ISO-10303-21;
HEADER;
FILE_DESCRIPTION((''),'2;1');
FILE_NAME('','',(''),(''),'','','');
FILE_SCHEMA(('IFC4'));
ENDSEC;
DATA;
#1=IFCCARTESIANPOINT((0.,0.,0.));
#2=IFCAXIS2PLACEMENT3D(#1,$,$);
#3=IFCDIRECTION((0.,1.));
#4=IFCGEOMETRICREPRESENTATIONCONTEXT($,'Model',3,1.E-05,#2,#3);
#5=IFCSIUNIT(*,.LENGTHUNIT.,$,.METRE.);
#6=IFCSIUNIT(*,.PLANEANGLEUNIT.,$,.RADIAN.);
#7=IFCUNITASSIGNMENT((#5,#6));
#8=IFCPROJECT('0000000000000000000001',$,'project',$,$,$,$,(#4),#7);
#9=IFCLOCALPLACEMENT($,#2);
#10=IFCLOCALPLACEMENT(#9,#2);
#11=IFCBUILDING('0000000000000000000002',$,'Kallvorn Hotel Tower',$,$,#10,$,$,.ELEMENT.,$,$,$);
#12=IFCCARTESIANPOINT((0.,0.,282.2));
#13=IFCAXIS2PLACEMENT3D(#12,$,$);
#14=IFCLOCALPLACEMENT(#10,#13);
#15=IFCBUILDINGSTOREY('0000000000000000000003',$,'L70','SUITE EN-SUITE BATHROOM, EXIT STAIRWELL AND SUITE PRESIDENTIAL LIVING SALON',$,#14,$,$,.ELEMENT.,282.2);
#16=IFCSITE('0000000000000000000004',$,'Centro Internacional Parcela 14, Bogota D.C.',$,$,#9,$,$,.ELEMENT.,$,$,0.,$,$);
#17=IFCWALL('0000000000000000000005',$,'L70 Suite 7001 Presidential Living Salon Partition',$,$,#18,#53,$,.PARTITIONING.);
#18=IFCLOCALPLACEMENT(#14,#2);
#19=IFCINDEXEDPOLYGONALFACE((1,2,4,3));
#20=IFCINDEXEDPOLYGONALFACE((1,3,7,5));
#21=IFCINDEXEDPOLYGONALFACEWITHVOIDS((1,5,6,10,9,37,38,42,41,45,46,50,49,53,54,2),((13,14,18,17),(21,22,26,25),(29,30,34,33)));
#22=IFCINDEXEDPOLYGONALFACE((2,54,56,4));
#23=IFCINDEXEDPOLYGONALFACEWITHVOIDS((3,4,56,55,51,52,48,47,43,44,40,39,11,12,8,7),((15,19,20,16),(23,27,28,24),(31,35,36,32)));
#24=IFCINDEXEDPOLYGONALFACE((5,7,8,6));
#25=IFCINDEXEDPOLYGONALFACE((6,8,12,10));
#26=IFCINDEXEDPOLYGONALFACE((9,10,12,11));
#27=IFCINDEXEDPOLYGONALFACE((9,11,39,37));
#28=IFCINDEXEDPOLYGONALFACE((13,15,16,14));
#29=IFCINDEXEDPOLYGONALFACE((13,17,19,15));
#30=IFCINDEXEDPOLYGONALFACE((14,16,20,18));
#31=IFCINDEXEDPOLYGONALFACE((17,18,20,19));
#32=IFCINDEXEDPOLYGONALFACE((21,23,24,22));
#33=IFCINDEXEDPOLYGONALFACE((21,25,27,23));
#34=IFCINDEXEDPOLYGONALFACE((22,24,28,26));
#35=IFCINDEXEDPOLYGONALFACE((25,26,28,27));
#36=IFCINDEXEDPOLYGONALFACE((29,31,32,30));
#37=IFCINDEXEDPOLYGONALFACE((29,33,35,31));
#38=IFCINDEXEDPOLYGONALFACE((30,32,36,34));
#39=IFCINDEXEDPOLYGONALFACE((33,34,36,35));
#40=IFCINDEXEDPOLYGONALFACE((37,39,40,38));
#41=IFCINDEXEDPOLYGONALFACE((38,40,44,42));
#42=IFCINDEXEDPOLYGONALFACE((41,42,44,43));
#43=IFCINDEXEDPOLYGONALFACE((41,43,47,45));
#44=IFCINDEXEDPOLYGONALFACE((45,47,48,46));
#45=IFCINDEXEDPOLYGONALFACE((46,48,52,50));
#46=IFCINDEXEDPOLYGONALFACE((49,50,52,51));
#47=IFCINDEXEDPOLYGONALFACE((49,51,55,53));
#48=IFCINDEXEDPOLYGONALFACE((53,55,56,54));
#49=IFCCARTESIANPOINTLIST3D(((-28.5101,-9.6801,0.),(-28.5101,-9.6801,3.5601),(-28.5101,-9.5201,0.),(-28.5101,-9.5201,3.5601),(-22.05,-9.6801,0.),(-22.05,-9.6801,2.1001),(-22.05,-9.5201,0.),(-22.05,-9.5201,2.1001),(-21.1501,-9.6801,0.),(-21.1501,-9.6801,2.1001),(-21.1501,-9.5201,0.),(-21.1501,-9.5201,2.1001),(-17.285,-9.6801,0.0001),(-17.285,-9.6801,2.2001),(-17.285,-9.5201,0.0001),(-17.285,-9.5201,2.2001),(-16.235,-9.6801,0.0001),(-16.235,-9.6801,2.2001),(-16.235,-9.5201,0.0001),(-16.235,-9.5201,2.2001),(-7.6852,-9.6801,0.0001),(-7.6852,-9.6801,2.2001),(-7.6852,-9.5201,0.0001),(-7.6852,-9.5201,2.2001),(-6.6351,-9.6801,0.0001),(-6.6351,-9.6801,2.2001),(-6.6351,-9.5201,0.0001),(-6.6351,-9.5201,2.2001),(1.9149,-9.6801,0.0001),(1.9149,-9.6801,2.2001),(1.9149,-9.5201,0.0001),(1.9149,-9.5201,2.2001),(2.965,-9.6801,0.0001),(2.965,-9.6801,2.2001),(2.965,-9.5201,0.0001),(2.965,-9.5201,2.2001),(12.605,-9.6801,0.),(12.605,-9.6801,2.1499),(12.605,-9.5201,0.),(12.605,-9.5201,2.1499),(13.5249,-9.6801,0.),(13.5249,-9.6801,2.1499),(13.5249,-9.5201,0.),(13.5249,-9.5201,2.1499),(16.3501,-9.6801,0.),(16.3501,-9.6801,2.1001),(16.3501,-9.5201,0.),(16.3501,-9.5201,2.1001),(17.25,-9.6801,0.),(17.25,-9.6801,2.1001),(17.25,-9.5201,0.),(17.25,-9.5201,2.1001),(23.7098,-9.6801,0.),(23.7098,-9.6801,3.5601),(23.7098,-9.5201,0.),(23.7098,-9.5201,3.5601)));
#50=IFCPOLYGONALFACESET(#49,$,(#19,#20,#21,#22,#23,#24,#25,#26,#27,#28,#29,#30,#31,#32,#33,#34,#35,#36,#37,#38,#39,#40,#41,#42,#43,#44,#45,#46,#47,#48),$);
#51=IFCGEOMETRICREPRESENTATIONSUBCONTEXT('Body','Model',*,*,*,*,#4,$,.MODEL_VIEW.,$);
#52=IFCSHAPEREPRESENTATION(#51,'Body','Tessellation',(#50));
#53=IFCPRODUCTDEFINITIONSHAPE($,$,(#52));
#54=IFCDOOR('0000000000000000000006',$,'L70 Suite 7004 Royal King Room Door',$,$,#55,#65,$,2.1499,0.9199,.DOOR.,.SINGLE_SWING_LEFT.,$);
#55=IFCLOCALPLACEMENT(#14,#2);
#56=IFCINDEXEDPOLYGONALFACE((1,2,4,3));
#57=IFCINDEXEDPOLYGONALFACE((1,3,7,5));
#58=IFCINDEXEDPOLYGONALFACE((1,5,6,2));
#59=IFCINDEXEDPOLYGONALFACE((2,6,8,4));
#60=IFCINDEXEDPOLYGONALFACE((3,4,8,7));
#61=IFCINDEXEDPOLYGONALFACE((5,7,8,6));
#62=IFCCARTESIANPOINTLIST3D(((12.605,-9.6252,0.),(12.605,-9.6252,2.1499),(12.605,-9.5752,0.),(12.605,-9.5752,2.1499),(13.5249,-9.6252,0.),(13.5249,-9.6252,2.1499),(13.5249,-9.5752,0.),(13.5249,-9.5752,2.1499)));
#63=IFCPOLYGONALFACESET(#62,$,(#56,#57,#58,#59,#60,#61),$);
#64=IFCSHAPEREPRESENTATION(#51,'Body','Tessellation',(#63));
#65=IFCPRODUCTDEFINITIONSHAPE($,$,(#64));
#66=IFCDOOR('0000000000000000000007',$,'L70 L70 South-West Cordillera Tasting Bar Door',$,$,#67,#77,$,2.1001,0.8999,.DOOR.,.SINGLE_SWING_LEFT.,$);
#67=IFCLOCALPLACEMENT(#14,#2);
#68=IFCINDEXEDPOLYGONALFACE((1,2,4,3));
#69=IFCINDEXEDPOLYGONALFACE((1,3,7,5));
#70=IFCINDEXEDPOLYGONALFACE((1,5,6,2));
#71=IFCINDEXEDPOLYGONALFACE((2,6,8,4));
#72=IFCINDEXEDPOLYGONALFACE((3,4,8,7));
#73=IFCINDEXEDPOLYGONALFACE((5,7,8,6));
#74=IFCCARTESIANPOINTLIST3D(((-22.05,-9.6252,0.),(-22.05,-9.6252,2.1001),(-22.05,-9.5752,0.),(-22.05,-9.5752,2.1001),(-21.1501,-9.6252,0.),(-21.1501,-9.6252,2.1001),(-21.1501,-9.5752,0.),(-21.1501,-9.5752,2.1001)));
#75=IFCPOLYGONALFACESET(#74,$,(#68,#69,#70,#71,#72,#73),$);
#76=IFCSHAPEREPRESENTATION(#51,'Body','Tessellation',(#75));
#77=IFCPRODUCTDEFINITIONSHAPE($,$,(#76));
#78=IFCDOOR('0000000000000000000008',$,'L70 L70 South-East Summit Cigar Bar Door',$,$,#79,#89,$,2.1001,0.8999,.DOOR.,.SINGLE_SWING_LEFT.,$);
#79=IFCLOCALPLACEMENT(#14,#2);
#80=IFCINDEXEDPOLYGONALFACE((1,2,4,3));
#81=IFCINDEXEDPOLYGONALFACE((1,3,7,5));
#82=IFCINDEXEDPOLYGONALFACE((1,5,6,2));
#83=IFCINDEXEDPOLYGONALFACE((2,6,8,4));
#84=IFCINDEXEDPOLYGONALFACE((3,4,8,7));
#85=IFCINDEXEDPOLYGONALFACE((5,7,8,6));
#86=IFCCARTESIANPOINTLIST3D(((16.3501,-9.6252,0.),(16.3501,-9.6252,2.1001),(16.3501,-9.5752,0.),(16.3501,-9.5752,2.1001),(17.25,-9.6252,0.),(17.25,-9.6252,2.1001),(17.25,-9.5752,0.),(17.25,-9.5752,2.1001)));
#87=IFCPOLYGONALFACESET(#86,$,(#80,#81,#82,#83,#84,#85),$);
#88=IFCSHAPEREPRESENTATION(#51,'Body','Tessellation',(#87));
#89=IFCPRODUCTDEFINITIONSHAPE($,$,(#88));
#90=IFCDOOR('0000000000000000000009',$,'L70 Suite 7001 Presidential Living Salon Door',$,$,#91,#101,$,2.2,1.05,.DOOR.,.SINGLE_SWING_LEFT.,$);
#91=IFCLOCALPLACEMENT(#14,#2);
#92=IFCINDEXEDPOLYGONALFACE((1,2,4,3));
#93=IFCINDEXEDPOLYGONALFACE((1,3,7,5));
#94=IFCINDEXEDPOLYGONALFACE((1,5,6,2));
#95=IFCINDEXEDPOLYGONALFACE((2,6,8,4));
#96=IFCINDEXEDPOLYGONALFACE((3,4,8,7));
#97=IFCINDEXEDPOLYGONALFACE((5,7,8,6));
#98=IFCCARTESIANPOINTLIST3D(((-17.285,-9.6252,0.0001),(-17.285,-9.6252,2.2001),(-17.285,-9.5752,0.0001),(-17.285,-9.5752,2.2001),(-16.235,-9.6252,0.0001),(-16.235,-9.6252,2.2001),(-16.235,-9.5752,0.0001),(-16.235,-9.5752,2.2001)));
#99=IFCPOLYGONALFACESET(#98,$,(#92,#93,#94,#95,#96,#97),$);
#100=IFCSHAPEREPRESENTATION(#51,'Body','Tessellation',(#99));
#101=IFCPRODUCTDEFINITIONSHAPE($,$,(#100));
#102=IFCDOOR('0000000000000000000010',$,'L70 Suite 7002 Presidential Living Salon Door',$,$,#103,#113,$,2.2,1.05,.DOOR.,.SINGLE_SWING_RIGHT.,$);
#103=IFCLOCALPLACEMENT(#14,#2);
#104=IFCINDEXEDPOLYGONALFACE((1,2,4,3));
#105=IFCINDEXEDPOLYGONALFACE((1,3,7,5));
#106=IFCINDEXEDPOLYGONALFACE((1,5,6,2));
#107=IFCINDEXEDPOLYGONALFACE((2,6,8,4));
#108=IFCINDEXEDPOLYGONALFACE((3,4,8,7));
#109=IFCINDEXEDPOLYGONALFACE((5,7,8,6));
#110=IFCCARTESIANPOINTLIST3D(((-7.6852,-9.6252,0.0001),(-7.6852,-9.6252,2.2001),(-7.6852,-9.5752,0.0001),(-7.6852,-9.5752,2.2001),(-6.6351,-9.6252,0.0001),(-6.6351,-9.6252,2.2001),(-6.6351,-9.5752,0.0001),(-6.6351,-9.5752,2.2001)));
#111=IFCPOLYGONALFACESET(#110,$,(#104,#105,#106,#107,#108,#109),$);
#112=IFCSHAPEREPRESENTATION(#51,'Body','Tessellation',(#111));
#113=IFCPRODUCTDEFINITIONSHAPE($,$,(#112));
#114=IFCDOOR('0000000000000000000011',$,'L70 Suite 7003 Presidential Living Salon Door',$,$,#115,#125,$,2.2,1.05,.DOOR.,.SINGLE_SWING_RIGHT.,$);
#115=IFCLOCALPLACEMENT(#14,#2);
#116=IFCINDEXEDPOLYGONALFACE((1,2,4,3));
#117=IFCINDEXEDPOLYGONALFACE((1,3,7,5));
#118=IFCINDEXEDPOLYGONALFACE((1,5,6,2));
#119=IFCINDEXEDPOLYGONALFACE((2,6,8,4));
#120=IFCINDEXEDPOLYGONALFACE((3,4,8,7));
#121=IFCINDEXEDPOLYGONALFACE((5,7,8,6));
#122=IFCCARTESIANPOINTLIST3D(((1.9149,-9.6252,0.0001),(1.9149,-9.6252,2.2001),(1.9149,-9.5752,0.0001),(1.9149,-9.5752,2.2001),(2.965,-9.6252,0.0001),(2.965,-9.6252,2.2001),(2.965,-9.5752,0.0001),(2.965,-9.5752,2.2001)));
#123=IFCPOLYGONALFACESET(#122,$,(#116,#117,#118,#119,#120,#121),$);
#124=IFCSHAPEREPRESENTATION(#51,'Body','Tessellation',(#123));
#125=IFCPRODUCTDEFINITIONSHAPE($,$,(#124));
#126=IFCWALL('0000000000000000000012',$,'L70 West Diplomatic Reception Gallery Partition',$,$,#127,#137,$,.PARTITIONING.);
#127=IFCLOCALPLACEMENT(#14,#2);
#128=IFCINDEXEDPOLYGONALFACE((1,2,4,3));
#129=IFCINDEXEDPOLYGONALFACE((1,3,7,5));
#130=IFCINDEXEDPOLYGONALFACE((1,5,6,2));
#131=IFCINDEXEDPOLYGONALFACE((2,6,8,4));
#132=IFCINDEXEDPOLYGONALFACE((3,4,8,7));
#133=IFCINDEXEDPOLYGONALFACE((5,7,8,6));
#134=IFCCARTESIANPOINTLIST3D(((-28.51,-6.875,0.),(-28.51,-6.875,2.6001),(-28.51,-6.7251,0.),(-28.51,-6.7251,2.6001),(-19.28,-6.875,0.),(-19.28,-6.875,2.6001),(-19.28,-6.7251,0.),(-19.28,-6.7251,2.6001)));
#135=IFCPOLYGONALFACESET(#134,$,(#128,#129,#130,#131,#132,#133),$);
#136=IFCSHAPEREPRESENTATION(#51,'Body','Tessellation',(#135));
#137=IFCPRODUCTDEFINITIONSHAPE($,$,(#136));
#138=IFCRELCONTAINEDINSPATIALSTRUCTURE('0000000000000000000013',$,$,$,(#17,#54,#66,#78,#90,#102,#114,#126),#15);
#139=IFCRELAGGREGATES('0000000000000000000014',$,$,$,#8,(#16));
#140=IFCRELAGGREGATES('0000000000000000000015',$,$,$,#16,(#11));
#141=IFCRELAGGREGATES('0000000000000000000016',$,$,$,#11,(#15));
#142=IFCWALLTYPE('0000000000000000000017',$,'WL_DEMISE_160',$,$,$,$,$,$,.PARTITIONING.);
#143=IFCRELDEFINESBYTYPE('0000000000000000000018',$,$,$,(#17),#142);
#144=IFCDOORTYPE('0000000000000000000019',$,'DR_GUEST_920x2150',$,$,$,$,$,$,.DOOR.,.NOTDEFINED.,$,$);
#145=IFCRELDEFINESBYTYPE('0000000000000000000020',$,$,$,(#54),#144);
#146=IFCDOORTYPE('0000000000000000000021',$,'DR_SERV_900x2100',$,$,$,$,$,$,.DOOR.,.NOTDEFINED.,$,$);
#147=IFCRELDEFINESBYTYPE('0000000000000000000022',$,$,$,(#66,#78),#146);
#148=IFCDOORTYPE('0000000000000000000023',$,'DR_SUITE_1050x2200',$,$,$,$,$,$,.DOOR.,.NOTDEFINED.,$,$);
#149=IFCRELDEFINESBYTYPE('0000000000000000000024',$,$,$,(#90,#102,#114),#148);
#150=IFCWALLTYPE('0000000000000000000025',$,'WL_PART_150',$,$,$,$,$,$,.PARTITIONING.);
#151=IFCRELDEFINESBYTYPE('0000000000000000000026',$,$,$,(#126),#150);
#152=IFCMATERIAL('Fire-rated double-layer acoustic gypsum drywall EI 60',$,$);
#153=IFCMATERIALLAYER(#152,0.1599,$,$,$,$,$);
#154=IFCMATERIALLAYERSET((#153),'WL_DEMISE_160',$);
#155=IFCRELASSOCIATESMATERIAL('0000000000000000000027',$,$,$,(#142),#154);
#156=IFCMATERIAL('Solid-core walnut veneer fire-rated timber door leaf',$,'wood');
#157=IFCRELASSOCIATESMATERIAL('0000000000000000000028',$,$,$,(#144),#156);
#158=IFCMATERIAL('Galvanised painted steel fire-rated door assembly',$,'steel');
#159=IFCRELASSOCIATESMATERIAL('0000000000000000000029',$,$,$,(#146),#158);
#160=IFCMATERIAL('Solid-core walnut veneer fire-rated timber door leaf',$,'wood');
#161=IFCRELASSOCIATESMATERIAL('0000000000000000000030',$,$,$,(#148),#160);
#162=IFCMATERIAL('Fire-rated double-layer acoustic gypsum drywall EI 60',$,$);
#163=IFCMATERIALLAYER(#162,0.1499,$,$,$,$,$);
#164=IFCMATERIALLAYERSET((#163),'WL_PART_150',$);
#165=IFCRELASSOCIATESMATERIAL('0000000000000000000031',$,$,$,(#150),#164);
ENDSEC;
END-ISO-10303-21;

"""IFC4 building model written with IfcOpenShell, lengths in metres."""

from ifc_helpers import new_model, si_unit, direction, frame, frame_2d, origin, place, context, subcontext, project, spatial, rectangle, extrude, material, layer, layer_set, type_object, element, fill, save


model = new_model("IFC4")

# Units and contexts
model_context = context("Model", 3, precision=1e-05, world=origin(), true_north=direction((0.0, 1.0)))
body_context = subcontext(model_context, "Body", "Model", "MODEL_VIEW")
ifc_project = project(units=[si_unit("LENGTHUNIT", "METRE"), si_unit("PLANEANGLEUNIT", "RADIAN")], contexts=[model_context])

# Site, building, storey
site_placement = place(None, origin())
site = spatial("IfcSite", under=ifc_project, at=site_placement, Name="Centro Internacional Parcela 14, Bogota D.C.", CompositionType="ELEMENT", RefElevation=0.0)
building_placement = place(site_placement, origin())
building = spatial("IfcBuilding", under=site, at=building_placement, Name="Kallvorn Hotel Tower", CompositionType="ELEMENT")
storey_placement = place(building_placement, frame((0.0, 0.0, 282.2)))
storey = spatial("IfcBuildingStorey", under=building, at=storey_placement, Name="L70", Description="SUITE EN-SUITE BATHROOM, EXIT STAIRWELL AND SUITE PRESIDENTIAL LIVING SALON", CompositionType="ELEMENT", Elevation=282.2)

# Wall, openings, doors
ifc_material_1 = material(Name="Fire-rated double-layer acoustic gypsum drywall EI 60")
ifc_layer_1 = layer(ifc_material_1, 0.1599)
ifc_layer_set_1 = layer_set([ifc_layer_1], Name="WL_DEMISE_160")
wall_type_1 = type_object("IfcWallType", Name="WL_DEMISE_160", PredefinedType="PARTITIONING", material=ifc_layer_set_1)
wall_1_placement = place(storey_placement, frame((-28.51, -9.6001, 0.0), z_axis=(0.0, 0.0, 1.0), x_axis=(1.0, 0.0, 0.0)))
wall_1 = element("IfcWall", 1, at=wall_1_placement, inside=storey, type_object=wall_type_1, Name="L70 Suite 7001 Presidential Living Salon Partition", PredefinedType="PARTITIONING", context=body_context, shape_type="SweptSolid", body=[
    extrude(rectangle(XDim=52.22, YDim=0.1599, at=frame_2d((26.1099, 0.0))), origin(), (0.0, 0.0, 1.0), 3.5601),
])
opening_1_placement = place(wall_1_placement, frame((6.46, 0.0, 0.0)))
opening_1 = element("IfcOpeningElement", 2, at=opening_1_placement, cuts=wall_1, PredefinedType="OPENING", context=body_context, shape_type="SweptSolid", body=[
    extrude(rectangle(XDim=0.8999, YDim=2.1001, at=frame_2d((0.45, 1.05))), frame((0.0, 0.095, 0.0), z_axis=(0.0, -1.0, 0.0), x_axis=(1.0, 0.0, 0.0)), (0.0, 0.0, 1.0), 0.1899),
])
opening_2_placement = place(wall_1_placement, frame((44.8601, 0.0, 0.0)))
opening_2 = element("IfcOpeningElement", 3, at=opening_2_placement, cuts=wall_1, PredefinedType="OPENING", context=body_context, shape_type="SweptSolid", body=[
    extrude(rectangle(XDim=0.8999, YDim=2.1001, at=frame_2d((0.45, 1.05))), frame((0.0, 0.095, 0.0), z_axis=(0.0, -1.0, 0.0), x_axis=(1.0, 0.0, 0.0)), (0.0, 0.0, 1.0), 0.1899),
])
opening_3_placement = place(wall_1_placement, frame((11.2251, 0.0, 0.0)))
opening_3 = element("IfcOpeningElement", 4, at=opening_3_placement, cuts=wall_1, PredefinedType="OPENING", context=body_context, shape_type="SweptSolid", body=[
    extrude(rectangle(XDim=1.05, YDim=2.2, at=frame_2d((0.5249, 1.1001))), frame((0.0, 0.095, 0.0), z_axis=(0.0, -1.0, 0.0), x_axis=(1.0, 0.0, 0.0)), (0.0, 0.0, 1.0), 0.1899),
])
opening_4_placement = place(wall_1_placement, frame((20.825, 0.0, 0.0)))
opening_4 = element("IfcOpeningElement", 5, at=opening_4_placement, cuts=wall_1, PredefinedType="OPENING", context=body_context, shape_type="SweptSolid", body=[
    extrude(rectangle(XDim=1.05, YDim=2.2, at=frame_2d((0.5249, 1.1001))), frame((0.0, 0.095, 0.0), z_axis=(0.0, -1.0, 0.0), x_axis=(1.0, 0.0, 0.0)), (0.0, 0.0, 1.0), 0.1899),
])
opening_5_placement = place(wall_1_placement, frame((30.425, 0.0, 0.0)))
opening_5 = element("IfcOpeningElement", 6, at=opening_5_placement, cuts=wall_1, PredefinedType="OPENING", context=body_context, shape_type="SweptSolid", body=[
    extrude(rectangle(XDim=1.05, YDim=2.2, at=frame_2d((0.5249, 1.1001))), frame((0.0, 0.095, 0.0), z_axis=(0.0, -1.0, 0.0), x_axis=(1.0, 0.0, 0.0)), (0.0, 0.0, 1.0), 0.1899),
])
opening_6_placement = place(wall_1_placement, frame((41.115, 0.0, 0.0)))
opening_6 = element("IfcOpeningElement", 7, at=opening_6_placement, cuts=wall_1, PredefinedType="OPENING", context=body_context, shape_type="SweptSolid", body=[
    extrude(rectangle(XDim=0.9199, YDim=2.1499, at=frame_2d((0.46, 1.075))), frame((0.0, 0.095, 0.0), z_axis=(0.0, -1.0, 0.0), x_axis=(1.0, 0.0, 0.0)), (0.0, 0.0, 1.0), 0.1899),
])
ifc_material_2 = material(Name="Solid-core walnut veneer fire-rated timber door leaf", Category="wood")
door_type_1 = type_object("IfcDoorType", Name="DR_GUEST_920x2150", OperationType="NOTDEFINED", PredefinedType="DOOR", material=ifc_material_2)
door_1_placement = place(opening_6_placement, origin())
door_1 = element("IfcDoor", 8, at=door_1_placement, inside=storey, type_object=door_type_1, Name="L70 Suite 7004 Royal King Room Door", OperationType="SINGLE_SWING_LEFT", OverallHeight=2.1499, OverallWidth=0.9199, PredefinedType="DOOR", context=body_context, shape_type="SweptSolid", body=[
    extrude(rectangle(XDim=0.9199, YDim=2.1499, at=frame_2d((0.46, 1.075))), frame((0.0, 0.0249, 0.0), z_axis=(0.0, -1.0, 0.0), x_axis=(1.0, 0.0, 0.0)), (0.0, 0.0, 1.0), 0.05),
])
fill(opening_6, door_1)
ifc_material_3 = material(Name="Galvanised painted steel fire-rated door assembly", Category="steel")
door_type_2 = type_object("IfcDoorType", Name="DR_SERV_900x2100", OperationType="NOTDEFINED", PredefinedType="DOOR", material=ifc_material_3)
door_2_placement = place(opening_1_placement, origin())
door_2 = element("IfcDoor", 9, at=door_2_placement, inside=storey, type_object=door_type_2, Name="L70 L70 South-West Cordillera Tasting Bar Door", OperationType="SINGLE_SWING_LEFT", OverallHeight=2.1001, OverallWidth=0.8999, PredefinedType="DOOR", context=body_context, shape_type="SweptSolid", body=[
    extrude(rectangle(XDim=0.8999, YDim=2.1001, at=frame_2d((0.45, 1.05))), frame((0.0, 0.0249, 0.0), z_axis=(0.0, -1.0, 0.0), x_axis=(1.0, 0.0, 0.0)), (0.0, 0.0, 1.0), 0.05),
])
fill(opening_1, door_2)
door_3_placement = place(opening_2_placement, origin())
door_3 = element("IfcDoor", 10, at=door_3_placement, inside=storey, type_object=door_type_2, Name="L70 L70 South-East Summit Cigar Bar Door", OperationType="SINGLE_SWING_LEFT", OverallHeight=2.1001, OverallWidth=0.8999, PredefinedType="DOOR", context=body_context, shape_type="SweptSolid", body=[
    extrude(rectangle(XDim=0.8999, YDim=2.1001, at=frame_2d((0.45, 1.05))), frame((0.0, 0.0249, 0.0), z_axis=(0.0, -1.0, 0.0), x_axis=(1.0, 0.0, 0.0)), (0.0, 0.0, 1.0), 0.05),
])
fill(opening_2, door_3)
ifc_material_4 = material(Name="Solid-core walnut veneer fire-rated timber door leaf", Category="wood")
door_type_3 = type_object("IfcDoorType", Name="DR_SUITE_1050x2200", OperationType="NOTDEFINED", PredefinedType="DOOR", material=ifc_material_4)
door_4_placement = place(opening_3_placement, origin())
door_4 = element("IfcDoor", 11, at=door_4_placement, inside=storey, type_object=door_type_3, Name="L70 Suite 7001 Presidential Living Salon Door", OperationType="SINGLE_SWING_LEFT", OverallHeight=2.2, OverallWidth=1.05, PredefinedType="DOOR", context=body_context, shape_type="SweptSolid", body=[
    extrude(rectangle(XDim=1.05, YDim=2.2, at=frame_2d((0.5249, 1.1001))), frame((0.0, 0.0249, 0.0), z_axis=(0.0, -1.0, 0.0), x_axis=(1.0, 0.0, 0.0)), (0.0, 0.0, 1.0), 0.05),
])
fill(opening_3, door_4)
door_5_placement = place(opening_4_placement, origin())
door_5 = element("IfcDoor", 12, at=door_5_placement, inside=storey, type_object=door_type_3, Name="L70 Suite 7002 Presidential Living Salon Door", OperationType="SINGLE_SWING_RIGHT", OverallHeight=2.2, OverallWidth=1.05, PredefinedType="DOOR", context=body_context, shape_type="SweptSolid", body=[
    extrude(rectangle(XDim=1.05, YDim=2.2, at=frame_2d((0.5249, 1.1001))), frame((0.0, 0.0249, 0.0), z_axis=(0.0, -1.0, 0.0), x_axis=(1.0, 0.0, 0.0)), (0.0, 0.0, 1.0), 0.05),
])
fill(opening_4, door_5)
door_6_placement = place(opening_5_placement, origin())
door_6 = element("IfcDoor", 13, at=door_6_placement, inside=storey, type_object=door_type_3, Name="L70 Suite 7003 Presidential Living Salon Door", OperationType="SINGLE_SWING_RIGHT", OverallHeight=2.2, OverallWidth=1.05, PredefinedType="DOOR", context=body_context, shape_type="SweptSolid", body=[
    extrude(rectangle(XDim=1.05, YDim=2.2, at=frame_2d((0.5249, 1.1001))), frame((0.0, 0.0249, 0.0), z_axis=(0.0, -1.0, 0.0), x_axis=(1.0, 0.0, 0.0)), (0.0, 0.0, 1.0), 0.05),
])
fill(opening_5, door_6)

# Wall
ifc_material_5 = material(Name="Fire-rated double-layer acoustic gypsum drywall EI 60")
ifc_layer_2 = layer(ifc_material_5, 0.1499)
ifc_layer_set_2 = layer_set([ifc_layer_2], Name="WL_PART_150")
wall_type_2 = type_object("IfcWallType", Name="WL_PART_150", PredefinedType="PARTITIONING", material=ifc_layer_set_2)
wall_2_placement = place(storey_placement, frame((-28.51, -6.8, 0.0), z_axis=(0.0, 0.0, 1.0), x_axis=(1.0, 0.0, 0.0)))
element("IfcWall", 14, at=wall_2_placement, inside=storey, type_object=wall_type_2, Name="L70 West Diplomatic Reception Gallery Partition", PredefinedType="PARTITIONING", context=body_context, shape_type="SweptSolid", body=[
    extrude(rectangle(XDim=9.23, YDim=0.1499, at=frame_2d((4.615, 0.0))), origin(), (0.0, 0.0, 1.0), 2.6001),
])

save(model, "model.ifc")
